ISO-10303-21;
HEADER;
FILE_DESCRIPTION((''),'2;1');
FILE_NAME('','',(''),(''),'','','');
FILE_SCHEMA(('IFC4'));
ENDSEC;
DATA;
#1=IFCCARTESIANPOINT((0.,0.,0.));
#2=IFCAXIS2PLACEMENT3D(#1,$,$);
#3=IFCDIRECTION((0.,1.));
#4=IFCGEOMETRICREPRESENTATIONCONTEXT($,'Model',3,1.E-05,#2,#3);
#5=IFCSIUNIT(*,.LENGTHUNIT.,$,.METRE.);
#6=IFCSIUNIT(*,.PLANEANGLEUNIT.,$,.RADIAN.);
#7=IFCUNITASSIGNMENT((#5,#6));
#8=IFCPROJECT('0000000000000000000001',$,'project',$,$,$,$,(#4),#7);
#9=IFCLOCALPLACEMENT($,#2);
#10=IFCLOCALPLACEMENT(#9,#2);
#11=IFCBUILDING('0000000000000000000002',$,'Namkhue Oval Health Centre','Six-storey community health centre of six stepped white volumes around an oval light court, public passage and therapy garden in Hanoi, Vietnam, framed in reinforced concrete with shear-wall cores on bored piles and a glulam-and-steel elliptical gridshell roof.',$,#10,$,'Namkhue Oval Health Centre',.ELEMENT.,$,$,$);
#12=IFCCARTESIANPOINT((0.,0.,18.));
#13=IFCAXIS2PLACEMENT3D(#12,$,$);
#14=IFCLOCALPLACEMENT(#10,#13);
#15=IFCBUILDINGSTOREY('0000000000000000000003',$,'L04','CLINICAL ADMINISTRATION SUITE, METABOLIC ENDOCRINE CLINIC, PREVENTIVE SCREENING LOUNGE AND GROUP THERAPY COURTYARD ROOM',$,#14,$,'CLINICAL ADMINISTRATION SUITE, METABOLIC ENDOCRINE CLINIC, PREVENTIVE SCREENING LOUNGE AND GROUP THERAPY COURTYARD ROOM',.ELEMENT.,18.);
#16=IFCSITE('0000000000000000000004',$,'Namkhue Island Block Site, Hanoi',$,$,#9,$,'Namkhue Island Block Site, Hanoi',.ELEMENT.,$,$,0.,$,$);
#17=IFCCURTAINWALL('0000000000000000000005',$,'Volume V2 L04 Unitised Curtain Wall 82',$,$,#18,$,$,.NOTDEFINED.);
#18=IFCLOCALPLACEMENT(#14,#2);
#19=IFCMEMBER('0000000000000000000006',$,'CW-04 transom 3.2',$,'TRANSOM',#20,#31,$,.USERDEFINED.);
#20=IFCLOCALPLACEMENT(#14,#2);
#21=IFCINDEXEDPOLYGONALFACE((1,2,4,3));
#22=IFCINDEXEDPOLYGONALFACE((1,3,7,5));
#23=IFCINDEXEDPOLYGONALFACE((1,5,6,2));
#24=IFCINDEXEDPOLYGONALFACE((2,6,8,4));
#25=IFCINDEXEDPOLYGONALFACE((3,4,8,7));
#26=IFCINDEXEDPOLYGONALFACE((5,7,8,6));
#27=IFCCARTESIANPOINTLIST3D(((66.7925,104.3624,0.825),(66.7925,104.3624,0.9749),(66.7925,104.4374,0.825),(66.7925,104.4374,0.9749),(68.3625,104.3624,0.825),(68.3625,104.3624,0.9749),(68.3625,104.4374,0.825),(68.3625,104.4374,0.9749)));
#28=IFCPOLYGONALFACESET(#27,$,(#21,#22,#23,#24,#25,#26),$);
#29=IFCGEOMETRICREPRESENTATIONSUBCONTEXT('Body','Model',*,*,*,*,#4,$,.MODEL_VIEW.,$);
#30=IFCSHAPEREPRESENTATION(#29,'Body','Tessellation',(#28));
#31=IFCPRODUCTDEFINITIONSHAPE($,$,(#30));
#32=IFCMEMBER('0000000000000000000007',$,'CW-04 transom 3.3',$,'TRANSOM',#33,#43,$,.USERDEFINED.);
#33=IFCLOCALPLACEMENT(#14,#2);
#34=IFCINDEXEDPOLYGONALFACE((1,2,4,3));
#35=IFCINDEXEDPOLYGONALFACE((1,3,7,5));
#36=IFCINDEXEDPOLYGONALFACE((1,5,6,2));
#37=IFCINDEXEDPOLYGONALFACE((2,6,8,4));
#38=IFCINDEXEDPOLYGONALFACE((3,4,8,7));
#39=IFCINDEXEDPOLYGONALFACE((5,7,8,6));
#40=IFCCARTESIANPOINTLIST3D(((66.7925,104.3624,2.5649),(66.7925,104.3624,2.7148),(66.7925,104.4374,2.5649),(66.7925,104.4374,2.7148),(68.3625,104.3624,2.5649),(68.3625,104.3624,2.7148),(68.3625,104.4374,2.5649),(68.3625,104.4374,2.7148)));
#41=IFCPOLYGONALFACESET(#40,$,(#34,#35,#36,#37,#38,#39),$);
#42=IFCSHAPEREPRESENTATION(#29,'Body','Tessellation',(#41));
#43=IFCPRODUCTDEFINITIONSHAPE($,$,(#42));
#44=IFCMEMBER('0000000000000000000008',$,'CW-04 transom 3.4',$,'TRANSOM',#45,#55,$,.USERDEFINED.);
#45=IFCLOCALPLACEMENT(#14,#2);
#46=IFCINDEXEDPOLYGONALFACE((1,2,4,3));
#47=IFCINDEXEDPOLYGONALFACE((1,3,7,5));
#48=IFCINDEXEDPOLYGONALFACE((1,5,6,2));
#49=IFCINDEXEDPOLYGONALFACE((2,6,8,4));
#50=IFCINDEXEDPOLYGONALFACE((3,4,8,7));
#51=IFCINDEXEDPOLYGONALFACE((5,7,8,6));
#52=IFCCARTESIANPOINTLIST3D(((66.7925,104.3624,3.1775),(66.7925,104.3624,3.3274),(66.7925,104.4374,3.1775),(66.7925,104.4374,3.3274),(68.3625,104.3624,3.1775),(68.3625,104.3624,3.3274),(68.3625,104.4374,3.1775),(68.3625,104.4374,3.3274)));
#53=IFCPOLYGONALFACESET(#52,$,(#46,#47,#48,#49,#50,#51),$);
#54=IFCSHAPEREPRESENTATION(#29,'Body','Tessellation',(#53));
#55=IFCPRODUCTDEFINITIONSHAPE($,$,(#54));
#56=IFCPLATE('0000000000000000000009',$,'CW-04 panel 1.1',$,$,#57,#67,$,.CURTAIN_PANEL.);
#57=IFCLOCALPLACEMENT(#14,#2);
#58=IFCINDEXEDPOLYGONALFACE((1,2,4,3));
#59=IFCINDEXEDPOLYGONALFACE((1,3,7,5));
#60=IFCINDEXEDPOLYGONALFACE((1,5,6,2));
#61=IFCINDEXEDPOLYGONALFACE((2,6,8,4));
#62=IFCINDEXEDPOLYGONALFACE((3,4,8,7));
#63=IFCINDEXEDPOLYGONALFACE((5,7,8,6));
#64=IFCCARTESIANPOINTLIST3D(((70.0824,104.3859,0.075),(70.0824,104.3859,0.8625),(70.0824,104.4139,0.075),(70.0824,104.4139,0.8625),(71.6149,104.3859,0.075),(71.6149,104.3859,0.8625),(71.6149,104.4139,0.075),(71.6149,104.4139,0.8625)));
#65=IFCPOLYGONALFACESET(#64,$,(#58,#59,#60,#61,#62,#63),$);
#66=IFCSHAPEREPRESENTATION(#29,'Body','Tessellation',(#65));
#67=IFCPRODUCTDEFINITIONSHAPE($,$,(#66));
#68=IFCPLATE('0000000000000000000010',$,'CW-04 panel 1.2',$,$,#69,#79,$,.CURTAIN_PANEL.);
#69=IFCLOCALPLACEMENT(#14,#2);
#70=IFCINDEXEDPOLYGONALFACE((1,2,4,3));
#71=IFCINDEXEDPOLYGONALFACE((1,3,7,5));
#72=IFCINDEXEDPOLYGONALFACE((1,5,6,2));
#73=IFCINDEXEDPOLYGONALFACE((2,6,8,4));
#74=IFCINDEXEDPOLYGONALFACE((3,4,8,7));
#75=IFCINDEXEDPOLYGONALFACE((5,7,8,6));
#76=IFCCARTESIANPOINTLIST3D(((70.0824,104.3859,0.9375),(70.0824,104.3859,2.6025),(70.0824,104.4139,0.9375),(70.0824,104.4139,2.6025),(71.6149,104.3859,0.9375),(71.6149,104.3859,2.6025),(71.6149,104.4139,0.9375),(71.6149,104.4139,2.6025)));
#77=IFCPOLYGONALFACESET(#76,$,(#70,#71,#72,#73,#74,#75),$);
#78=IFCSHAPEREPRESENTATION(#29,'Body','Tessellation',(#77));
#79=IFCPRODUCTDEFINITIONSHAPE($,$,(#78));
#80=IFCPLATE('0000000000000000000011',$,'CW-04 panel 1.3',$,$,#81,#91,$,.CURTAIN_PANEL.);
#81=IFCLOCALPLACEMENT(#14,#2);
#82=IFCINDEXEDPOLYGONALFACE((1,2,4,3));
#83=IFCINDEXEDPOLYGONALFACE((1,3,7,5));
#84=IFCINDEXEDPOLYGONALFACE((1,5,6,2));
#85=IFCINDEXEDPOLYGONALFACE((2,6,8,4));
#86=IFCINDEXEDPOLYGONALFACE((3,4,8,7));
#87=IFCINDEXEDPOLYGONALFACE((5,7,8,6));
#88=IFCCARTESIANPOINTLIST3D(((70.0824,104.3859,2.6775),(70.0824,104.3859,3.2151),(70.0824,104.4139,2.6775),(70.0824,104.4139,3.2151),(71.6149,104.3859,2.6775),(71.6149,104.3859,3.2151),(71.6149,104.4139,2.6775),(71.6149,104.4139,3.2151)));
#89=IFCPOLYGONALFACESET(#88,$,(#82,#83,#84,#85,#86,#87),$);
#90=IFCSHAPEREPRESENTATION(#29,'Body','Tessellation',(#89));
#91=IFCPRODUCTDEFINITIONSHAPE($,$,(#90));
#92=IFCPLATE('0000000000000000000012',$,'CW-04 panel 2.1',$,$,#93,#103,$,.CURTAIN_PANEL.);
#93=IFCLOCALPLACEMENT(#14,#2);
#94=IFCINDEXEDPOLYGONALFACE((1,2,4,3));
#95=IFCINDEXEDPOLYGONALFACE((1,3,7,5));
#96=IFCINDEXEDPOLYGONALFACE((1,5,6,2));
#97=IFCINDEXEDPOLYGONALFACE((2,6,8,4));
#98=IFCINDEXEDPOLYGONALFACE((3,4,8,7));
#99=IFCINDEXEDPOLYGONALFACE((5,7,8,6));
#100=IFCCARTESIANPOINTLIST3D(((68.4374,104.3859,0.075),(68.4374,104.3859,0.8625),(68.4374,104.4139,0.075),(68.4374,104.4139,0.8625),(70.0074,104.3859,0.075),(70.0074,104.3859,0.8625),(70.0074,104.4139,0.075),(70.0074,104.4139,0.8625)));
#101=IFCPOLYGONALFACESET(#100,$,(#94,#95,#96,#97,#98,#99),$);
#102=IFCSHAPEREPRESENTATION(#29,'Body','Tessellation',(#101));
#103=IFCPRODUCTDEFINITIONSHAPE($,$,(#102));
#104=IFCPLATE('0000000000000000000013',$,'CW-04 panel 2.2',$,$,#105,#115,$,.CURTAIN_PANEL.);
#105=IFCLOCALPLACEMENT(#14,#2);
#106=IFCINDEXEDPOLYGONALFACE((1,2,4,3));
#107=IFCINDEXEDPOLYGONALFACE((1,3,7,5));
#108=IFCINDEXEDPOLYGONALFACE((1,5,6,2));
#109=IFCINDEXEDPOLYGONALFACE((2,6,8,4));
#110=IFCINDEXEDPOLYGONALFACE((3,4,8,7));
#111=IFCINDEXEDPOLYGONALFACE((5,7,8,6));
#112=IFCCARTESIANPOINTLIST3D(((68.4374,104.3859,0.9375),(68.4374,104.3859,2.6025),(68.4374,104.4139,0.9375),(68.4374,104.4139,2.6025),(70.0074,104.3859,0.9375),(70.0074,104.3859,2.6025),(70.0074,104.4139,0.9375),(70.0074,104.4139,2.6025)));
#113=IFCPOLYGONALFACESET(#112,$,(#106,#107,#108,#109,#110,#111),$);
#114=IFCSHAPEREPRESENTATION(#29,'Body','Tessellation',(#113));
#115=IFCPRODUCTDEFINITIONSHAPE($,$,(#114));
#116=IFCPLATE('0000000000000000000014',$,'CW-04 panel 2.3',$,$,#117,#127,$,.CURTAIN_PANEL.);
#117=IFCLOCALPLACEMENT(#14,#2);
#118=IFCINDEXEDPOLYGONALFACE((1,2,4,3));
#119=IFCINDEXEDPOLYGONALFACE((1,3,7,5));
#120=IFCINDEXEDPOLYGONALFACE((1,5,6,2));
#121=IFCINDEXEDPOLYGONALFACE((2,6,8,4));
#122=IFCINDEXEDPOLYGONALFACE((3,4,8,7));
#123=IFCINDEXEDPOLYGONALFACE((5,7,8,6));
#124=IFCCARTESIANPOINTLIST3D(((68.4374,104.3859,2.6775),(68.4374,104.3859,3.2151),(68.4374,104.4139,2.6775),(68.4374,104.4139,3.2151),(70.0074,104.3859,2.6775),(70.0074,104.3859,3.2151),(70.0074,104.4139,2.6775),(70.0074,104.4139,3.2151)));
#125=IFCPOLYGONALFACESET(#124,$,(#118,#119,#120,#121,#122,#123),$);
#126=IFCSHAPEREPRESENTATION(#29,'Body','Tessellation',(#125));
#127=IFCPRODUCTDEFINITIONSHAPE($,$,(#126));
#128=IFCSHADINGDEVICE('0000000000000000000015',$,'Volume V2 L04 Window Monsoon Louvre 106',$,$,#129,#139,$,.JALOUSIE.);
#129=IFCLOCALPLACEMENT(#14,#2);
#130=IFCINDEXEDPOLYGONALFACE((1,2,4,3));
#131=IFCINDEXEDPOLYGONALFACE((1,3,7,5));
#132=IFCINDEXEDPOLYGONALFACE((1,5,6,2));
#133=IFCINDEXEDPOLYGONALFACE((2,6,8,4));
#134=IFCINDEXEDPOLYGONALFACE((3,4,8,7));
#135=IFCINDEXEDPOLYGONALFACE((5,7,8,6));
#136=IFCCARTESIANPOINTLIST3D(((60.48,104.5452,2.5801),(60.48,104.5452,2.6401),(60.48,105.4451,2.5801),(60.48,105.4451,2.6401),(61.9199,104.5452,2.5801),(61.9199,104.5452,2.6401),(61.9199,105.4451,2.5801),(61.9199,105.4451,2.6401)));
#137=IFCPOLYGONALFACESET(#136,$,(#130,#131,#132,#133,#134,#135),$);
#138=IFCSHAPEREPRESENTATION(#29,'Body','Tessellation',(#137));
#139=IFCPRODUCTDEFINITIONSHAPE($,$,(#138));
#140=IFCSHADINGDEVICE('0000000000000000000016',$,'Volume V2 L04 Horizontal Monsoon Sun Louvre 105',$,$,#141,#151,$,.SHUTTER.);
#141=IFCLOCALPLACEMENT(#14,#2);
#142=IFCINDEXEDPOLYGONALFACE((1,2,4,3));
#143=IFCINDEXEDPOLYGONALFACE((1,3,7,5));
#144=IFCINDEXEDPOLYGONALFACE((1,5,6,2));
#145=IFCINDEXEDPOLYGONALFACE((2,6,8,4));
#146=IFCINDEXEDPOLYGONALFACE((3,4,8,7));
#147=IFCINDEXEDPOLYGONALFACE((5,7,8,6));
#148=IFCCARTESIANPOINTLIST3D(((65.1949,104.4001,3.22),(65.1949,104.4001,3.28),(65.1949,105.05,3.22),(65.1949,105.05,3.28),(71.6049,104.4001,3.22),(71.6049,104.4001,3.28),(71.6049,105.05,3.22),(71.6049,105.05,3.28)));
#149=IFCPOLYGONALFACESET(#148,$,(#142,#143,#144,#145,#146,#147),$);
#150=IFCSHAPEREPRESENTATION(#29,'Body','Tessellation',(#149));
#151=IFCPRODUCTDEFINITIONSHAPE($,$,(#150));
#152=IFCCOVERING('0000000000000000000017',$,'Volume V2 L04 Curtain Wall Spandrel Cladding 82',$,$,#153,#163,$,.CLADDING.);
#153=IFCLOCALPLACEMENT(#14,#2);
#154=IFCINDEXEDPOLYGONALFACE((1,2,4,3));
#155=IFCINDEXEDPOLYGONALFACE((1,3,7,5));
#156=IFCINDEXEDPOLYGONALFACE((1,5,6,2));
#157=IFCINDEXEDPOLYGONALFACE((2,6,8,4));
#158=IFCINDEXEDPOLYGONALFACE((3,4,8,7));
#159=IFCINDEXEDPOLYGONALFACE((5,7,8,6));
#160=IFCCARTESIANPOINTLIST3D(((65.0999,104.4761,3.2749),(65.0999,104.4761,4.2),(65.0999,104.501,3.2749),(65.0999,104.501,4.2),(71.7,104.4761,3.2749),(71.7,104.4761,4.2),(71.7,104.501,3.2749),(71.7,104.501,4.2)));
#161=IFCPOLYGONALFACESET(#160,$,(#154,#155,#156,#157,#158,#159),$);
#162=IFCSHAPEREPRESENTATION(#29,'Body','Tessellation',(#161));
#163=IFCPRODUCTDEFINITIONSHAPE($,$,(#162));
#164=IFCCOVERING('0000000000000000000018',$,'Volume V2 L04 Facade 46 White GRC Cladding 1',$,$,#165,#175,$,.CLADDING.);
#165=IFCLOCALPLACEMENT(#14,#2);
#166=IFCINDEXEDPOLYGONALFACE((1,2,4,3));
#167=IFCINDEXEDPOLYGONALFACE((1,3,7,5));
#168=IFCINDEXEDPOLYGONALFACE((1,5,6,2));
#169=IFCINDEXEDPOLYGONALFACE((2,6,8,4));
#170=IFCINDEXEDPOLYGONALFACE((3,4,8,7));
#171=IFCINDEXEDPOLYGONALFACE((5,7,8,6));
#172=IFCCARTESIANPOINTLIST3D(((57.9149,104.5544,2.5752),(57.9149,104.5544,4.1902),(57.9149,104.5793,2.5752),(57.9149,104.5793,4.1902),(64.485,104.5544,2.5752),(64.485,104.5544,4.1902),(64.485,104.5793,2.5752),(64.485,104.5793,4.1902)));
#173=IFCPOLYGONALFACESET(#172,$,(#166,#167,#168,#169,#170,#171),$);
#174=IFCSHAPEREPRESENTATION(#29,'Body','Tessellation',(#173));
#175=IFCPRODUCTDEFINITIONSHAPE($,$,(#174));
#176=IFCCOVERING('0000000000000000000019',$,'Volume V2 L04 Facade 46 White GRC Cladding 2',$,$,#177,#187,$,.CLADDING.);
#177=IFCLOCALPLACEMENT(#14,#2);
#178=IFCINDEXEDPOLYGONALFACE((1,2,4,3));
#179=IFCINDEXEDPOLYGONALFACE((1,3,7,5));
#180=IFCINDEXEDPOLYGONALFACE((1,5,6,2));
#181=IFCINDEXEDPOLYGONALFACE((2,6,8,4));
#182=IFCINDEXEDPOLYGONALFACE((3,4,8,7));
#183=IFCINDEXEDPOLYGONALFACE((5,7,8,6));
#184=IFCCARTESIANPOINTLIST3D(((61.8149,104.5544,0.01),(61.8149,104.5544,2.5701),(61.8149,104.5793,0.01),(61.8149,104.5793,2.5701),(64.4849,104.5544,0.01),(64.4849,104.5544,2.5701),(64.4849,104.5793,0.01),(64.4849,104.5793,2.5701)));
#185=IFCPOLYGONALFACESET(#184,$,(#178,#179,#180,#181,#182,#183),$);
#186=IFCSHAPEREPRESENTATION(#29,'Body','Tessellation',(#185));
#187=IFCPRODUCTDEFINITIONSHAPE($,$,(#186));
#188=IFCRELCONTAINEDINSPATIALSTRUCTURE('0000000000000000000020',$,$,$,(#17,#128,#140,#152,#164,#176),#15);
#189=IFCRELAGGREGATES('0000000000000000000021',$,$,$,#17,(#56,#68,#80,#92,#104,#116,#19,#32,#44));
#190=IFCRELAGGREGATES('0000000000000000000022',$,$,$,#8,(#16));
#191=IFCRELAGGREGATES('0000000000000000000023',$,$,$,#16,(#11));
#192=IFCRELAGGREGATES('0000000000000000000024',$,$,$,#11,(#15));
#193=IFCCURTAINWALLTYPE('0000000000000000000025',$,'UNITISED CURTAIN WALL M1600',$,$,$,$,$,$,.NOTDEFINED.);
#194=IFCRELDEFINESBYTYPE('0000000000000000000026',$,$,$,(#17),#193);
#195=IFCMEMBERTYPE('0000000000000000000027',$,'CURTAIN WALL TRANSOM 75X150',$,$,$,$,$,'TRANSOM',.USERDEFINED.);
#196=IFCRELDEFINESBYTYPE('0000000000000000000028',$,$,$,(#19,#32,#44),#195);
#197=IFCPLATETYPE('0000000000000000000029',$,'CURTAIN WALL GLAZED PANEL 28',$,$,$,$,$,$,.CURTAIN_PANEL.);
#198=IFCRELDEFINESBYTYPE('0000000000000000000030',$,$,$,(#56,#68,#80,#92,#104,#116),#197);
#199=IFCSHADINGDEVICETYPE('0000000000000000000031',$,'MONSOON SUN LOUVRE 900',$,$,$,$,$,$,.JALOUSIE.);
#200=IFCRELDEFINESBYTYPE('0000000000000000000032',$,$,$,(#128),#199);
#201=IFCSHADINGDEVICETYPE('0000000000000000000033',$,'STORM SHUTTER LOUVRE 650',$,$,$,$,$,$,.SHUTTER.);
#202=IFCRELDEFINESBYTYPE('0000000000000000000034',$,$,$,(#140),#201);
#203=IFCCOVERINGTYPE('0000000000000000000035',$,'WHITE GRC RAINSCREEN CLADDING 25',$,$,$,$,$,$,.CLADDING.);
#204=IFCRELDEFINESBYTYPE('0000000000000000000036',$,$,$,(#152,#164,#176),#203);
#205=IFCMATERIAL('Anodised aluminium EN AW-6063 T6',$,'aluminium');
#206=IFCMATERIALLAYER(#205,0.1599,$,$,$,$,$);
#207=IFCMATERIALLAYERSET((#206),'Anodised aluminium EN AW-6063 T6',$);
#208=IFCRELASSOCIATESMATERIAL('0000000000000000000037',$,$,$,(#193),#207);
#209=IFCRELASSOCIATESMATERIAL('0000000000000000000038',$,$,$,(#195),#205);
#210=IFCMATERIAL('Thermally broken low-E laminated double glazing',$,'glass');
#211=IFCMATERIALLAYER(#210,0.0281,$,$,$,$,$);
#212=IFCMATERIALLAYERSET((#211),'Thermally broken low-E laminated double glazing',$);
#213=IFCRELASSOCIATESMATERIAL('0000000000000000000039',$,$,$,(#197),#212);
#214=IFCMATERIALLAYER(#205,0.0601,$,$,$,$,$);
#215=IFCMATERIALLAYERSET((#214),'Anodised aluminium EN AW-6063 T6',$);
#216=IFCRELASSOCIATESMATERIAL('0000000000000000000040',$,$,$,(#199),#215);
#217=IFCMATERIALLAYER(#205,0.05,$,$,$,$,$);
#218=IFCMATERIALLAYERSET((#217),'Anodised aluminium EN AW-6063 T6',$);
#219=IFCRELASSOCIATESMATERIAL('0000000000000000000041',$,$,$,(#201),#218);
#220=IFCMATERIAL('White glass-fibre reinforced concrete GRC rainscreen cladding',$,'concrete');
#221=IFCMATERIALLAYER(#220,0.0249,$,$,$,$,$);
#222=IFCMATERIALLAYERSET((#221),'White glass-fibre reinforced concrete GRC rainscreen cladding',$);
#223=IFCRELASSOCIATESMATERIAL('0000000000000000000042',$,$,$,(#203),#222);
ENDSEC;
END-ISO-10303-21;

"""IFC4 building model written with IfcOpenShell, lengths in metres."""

from ifc_helpers import new_model, si_unit, direction, frame, origin, origin_2d, place, context, subcontext, project, spatial, rectangle, extrude, material, layer, layer_set, material_profile, profile_set, type_object, element, aggregate, save


model = new_model("IFC4")

# Units and contexts
model_context = context("Model", 3, precision=1e-05, world=origin(), true_north=direction((0.0, 1.0)))
body_context = subcontext(model_context, "Body", "Model", "MODEL_VIEW")
ifc_project = project(units=[si_unit("LENGTHUNIT", "METRE"), si_unit("PLANEANGLEUNIT", "RADIAN")], contexts=[model_context])

# Site, building, storey
site_placement = place(None, origin())
site = spatial("IfcSite", under=ifc_project, at=site_placement, Name="Namkhue Island Block Site, Hanoi", LongName="Namkhue Island Block Site, Hanoi", CompositionType="ELEMENT", RefElevation=0.0)
building_placement = place(site_placement, origin())
building = spatial("IfcBuilding", under=site, at=building_placement, Name="Namkhue Oval Health Centre", Description="Six-storey community health centre of six stepped white volumes around an oval light court, public passage and therapy garden in Hanoi, Vietnam, framed in reinforced concrete with shear-wall cores on bored piles and a glulam-and-steel elliptical gridshell roof.", LongName="Namkhue Oval Health Centre", CompositionType="ELEMENT")
storey_placement = place(building_placement, frame((0.0, 0.0, 18.0)))
storey = spatial("IfcBuildingStorey", under=building, at=storey_placement, Name="L04", Description="CLINICAL ADMINISTRATION SUITE, METABOLIC ENDOCRINE CLINIC, PREVENTIVE SCREENING LOUNGE AND GROUP THERAPY COURTYARD ROOM", LongName="CLINICAL ADMINISTRATION SUITE, METABOLIC ENDOCRINE CLINIC, PREVENTIVE SCREENING LOUNGE AND GROUP THERAPY COURTYARD ROOM", CompositionType="ELEMENT", Elevation=18.0)

# Curtain wall, members, plates
ifc_material_1 = material(Name="Anodised aluminium EN AW-6063 T6", Category="aluminium")
ifc_layer_1 = layer(ifc_material_1, 0.1599)
ifc_layer_set_1 = layer_set([ifc_layer_1], Name="Anodised aluminium EN AW-6063 T6")
curtain_wall_type = type_object("IfcCurtainWallType", Name="UNITISED CURTAIN WALL M1600", PredefinedType="NOTDEFINED", material=ifc_layer_set_1)
curtain_wall_placement = place(storey_placement, origin())
curtain_wall = element("IfcCurtainWall", 1, at=curtain_wall_placement, inside=storey, type_object=curtain_wall_type, Name="Volume V2 L04 Unitised Curtain Wall 82", PredefinedType="NOTDEFINED")
ifc_material_profile_1 = material_profile(ifc_material_1, rectangle(XDim=0.075, YDim=0.1499, at=origin_2d()), Name="ALU 75x150")
ifc_profile_set_1 = profile_set([ifc_material_profile_1], Name="Anodised aluminium EN AW-6063 T6")
member_type_1 = type_object("IfcMemberType", Name="CURTAIN WALL TRANSOM 75X150", ElementType="TRANSOM", PredefinedType="USERDEFINED", material=ifc_profile_set_1)
member_1_placement = place(storey_placement, frame((68.3625, 104.3999, 0.8999), z_axis=(-1.0, 0.0, 0.0), x_axis=(0.0, -1.0, 0.0)))
member_1 = element("IfcMember", 2, at=member_1_placement, type_object=member_type_1, Name="CW-04 transom 3.2", ObjectType="TRANSOM", PredefinedType="USERDEFINED", context=body_context, shape_type="SweptSolid", body=[
    extrude(rectangle(XDim=0.075, YDim=0.1499, at=origin_2d()), origin(), (0.0, 0.0, 1.0), 1.5701),
])
member_2_placement = place(storey_placement, frame((68.3625, 104.3999, 2.6399), z_axis=(-1.0, 0.0, 0.0), x_axis=(0.0, -1.0, 0.0)))
member_2 = element("IfcMember", 3, at=member_2_placement, type_object=member_type_1, Name="CW-04 transom 3.3", ObjectType="TRANSOM", PredefinedType="USERDEFINED", context=body_context, shape_type="SweptSolid", body=[
    extrude(rectangle(XDim=0.075, YDim=0.1499, at=origin_2d()), origin(), (0.0, 0.0, 1.0), 1.5701),
])
member_3_placement = place(storey_placement, frame((68.3625, 104.3999, 3.2524), z_axis=(-1.0, 0.0, 0.0), x_axis=(0.0, -1.0, 0.0)))
member_3 = element("IfcMember", 4, at=member_3_placement, type_object=member_type_1, Name="CW-04 transom 3.4", ObjectType="TRANSOM", PredefinedType="USERDEFINED", context=body_context, shape_type="SweptSolid", body=[
    extrude(rectangle(XDim=0.075, YDim=0.1499, at=origin_2d()), origin(), (0.0, 0.0, 1.0), 1.5701),
])
ifc_material_2 = material(Name="Thermally broken low-E laminated double glazing", Category="glass")
ifc_layer_2 = layer(ifc_material_2, 0.0281)
ifc_layer_set_2 = layer_set([ifc_layer_2], Name="Thermally broken low-E laminated double glazing")
plate_type = type_object("IfcPlateType", Name="CURTAIN WALL GLAZED PANEL 28", PredefinedType="CURTAIN_PANEL", material=ifc_layer_set_2)
plate_1_placement = place(storey_placement, frame((70.8486, 104.3999, 0.075), z_axis=(0.0, 0.0, 1.0), x_axis=(-1.0, 0.0, 0.0)))
plate_1 = element("IfcPlate", 5, at=plate_1_placement, type_object=plate_type, Name="CW-04 panel 1.1", PredefinedType="CURTAIN_PANEL", context=body_context, shape_type="SweptSolid", body=[
    extrude(rectangle(XDim=1.5325, YDim=0.0281, at=origin_2d()), origin(), (0.0, 0.0, 1.0), 0.7876),
])
plate_2_placement = place(storey_placement, frame((70.8486, 104.3999, 0.9375), z_axis=(0.0, 0.0, 1.0), x_axis=(-1.0, 0.0, 0.0)))
plate_2 = element("IfcPlate", 6, at=plate_2_placement, type_object=plate_type, Name="CW-04 panel 1.2", PredefinedType="CURTAIN_PANEL", context=body_context, shape_type="SweptSolid", body=[
    extrude(rectangle(XDim=1.5325, YDim=0.0281, at=origin_2d()), origin(), (0.0, 0.0, 1.0), 1.665),
])
plate_3_placement = place(storey_placement, frame((70.8486, 104.3999, 2.6775), z_axis=(0.0, 0.0, 1.0), x_axis=(-1.0, 0.0, 0.0)))
plate_3 = element("IfcPlate", 7, at=plate_3_placement, type_object=plate_type, Name="CW-04 panel 1.3", PredefinedType="CURTAIN_PANEL", context=body_context, shape_type="SweptSolid", body=[
    extrude(rectangle(XDim=1.5325, YDim=0.0281, at=origin_2d()), origin(), (0.0, 0.0, 1.0), 0.5376),
])
plate_4_placement = place(storey_placement, frame((69.2224, 104.3999, 0.075), z_axis=(0.0, 0.0, 1.0), x_axis=(-1.0, 0.0, 0.0)))
plate_4 = element("IfcPlate", 8, at=plate_4_placement, type_object=plate_type, Name="CW-04 panel 2.1", PredefinedType="CURTAIN_PANEL", context=body_context, shape_type="SweptSolid", body=[
    extrude(rectangle(XDim=1.5701, YDim=0.0281, at=origin_2d()), origin(), (0.0, 0.0, 1.0), 0.7876),
])
plate_5_placement = place(storey_placement, frame((69.2224, 104.3999, 0.9375), z_axis=(0.0, 0.0, 1.0), x_axis=(-1.0, 0.0, 0.0)))
plate_5 = element("IfcPlate", 9, at=plate_5_placement, type_object=plate_type, Name="CW-04 panel 2.2", PredefinedType="CURTAIN_PANEL", context=body_context, shape_type="SweptSolid", body=[
    extrude(rectangle(XDim=1.5701, YDim=0.0281, at=origin_2d()), origin(), (0.0, 0.0, 1.0), 1.665),
])
plate_6_placement = place(storey_placement, frame((69.2224, 104.3999, 2.6775), z_axis=(0.0, 0.0, 1.0), x_axis=(-1.0, 0.0, 0.0)))
plate_6 = element("IfcPlate", 10, at=plate_6_placement, type_object=plate_type, Name="CW-04 panel 2.3", PredefinedType="CURTAIN_PANEL", context=body_context, shape_type="SweptSolid", body=[
    extrude(rectangle(XDim=1.5701, YDim=0.0281, at=origin_2d()), origin(), (0.0, 0.0, 1.0), 0.5376),
])
aggregate(curtain_wall, [plate_1, plate_2, plate_3, plate_4, plate_5, plate_6, member_1, member_2, member_3])

# Shading devices
ifc_layer_3 = layer(ifc_material_1, 0.0601)
ifc_layer_set_3 = layer_set([ifc_layer_3], Name="Anodised aluminium EN AW-6063 T6")
shading_device_type_1 = type_object("IfcShadingDeviceType", Name="MONSOON SUN LOUVRE 900", PredefinedType="JALOUSIE", material=ifc_layer_set_3)
shading_device_1_placement = place(storey_placement, frame((61.2, 104.9951, 2.5801), z_axis=(0.0, 0.0, 1.0), x_axis=(-1.0, 0.0, 0.0)))
element("IfcShadingDevice", 11, at=shading_device_1_placement, inside=storey, type_object=shading_device_type_1, Name="Volume V2 L04 Window Monsoon Louvre 106", PredefinedType="JALOUSIE", context=body_context, shape_type="SweptSolid", body=[
    extrude(rectangle(XDim=1.4399, YDim=0.8999, at=origin_2d()), origin(), (0.0, 0.0, 1.0), 0.0601),
])
ifc_layer_4 = layer(ifc_material_1, 0.05)
ifc_layer_set_4 = layer_set([ifc_layer_4], Name="Anodised aluminium EN AW-6063 T6")
shading_device_type_2 = type_object("IfcShadingDeviceType", Name="STORM SHUTTER LOUVRE 650", PredefinedType="SHUTTER", material=ifc_layer_set_4)
shading_device_2_placement = place(storey_placement, frame((68.3999, 104.7251, 3.22), z_axis=(0.0, 0.0, 1.0), x_axis=(-1.0, 0.0, 0.0)))
element("IfcShadingDevice", 12, at=shading_device_2_placement, inside=storey, type_object=shading_device_type_2, Name="Volume V2 L04 Horizontal Monsoon Sun Louvre 105", PredefinedType="SHUTTER", context=body_context, shape_type="SweptSolid", body=[
    extrude(rectangle(XDim=6.4099, YDim=0.6499, at=origin_2d()), origin(), (0.0, 0.0, 1.0), 0.0601),
])

# Coverings
ifc_material_3 = material(Name="White glass-fibre reinforced concrete GRC rainscreen cladding", Category="concrete")
ifc_layer_5 = layer(ifc_material_3, 0.0249)
ifc_layer_set_5 = layer_set([ifc_layer_5], Name="White glass-fibre reinforced concrete GRC rainscreen cladding")
covering_type = type_object("IfcCoveringType", Name="WHITE GRC RAINSCREEN CLADDING 25", PredefinedType="CLADDING", material=ifc_layer_set_5)
covering_1_placement = place(storey_placement, frame((68.3999, 104.4885, 3.2749), z_axis=(0.0, 0.0, 1.0), x_axis=(-1.0, 0.0, 0.0)))
element("IfcCovering", 13, at=covering_1_placement, inside=storey, type_object=covering_type, Name="Volume V2 L04 Curtain Wall Spandrel Cladding 82", PredefinedType="CLADDING", context=body_context, shape_type="SweptSolid", body=[
    extrude(rectangle(XDim=6.6001, YDim=0.0249, at=origin_2d()), origin(), (0.0, 0.0, 1.0), 0.925),
])
covering_2_placement = place(storey_placement, frame((61.2, 104.5669, 2.5752), z_axis=(0.0, 0.0, 1.0), x_axis=(-1.0, 0.0, 0.0)))
element("IfcCovering", 14, at=covering_2_placement, inside=storey, type_object=covering_type, Name="Volume V2 L04 Facade 46 White GRC Cladding 1", PredefinedType="CLADDING", context=body_context, shape_type="SweptSolid", body=[
    extrude(rectangle(XDim=6.5701, YDim=0.0249, at=origin_2d()), origin(), (0.0, 0.0, 1.0), 1.615),
])
covering_3_placement = place(storey_placement, frame((63.1499, 104.5669, 0.01), z_axis=(0.0, 0.0, 1.0), x_axis=(-1.0, 0.0, 0.0)))
element("IfcCovering", 15, at=covering_3_placement, inside=storey, type_object=covering_type, Name="Volume V2 L04 Facade 46 White GRC Cladding 2", PredefinedType="CLADDING", context=body_context, shape_type="SweptSolid", body=[
    extrude(rectangle(XDim=2.6699, YDim=0.0249, at=origin_2d()), origin(), (0.0, 0.0, 1.0), 2.5601),
])

save(model, "model.ifc")
